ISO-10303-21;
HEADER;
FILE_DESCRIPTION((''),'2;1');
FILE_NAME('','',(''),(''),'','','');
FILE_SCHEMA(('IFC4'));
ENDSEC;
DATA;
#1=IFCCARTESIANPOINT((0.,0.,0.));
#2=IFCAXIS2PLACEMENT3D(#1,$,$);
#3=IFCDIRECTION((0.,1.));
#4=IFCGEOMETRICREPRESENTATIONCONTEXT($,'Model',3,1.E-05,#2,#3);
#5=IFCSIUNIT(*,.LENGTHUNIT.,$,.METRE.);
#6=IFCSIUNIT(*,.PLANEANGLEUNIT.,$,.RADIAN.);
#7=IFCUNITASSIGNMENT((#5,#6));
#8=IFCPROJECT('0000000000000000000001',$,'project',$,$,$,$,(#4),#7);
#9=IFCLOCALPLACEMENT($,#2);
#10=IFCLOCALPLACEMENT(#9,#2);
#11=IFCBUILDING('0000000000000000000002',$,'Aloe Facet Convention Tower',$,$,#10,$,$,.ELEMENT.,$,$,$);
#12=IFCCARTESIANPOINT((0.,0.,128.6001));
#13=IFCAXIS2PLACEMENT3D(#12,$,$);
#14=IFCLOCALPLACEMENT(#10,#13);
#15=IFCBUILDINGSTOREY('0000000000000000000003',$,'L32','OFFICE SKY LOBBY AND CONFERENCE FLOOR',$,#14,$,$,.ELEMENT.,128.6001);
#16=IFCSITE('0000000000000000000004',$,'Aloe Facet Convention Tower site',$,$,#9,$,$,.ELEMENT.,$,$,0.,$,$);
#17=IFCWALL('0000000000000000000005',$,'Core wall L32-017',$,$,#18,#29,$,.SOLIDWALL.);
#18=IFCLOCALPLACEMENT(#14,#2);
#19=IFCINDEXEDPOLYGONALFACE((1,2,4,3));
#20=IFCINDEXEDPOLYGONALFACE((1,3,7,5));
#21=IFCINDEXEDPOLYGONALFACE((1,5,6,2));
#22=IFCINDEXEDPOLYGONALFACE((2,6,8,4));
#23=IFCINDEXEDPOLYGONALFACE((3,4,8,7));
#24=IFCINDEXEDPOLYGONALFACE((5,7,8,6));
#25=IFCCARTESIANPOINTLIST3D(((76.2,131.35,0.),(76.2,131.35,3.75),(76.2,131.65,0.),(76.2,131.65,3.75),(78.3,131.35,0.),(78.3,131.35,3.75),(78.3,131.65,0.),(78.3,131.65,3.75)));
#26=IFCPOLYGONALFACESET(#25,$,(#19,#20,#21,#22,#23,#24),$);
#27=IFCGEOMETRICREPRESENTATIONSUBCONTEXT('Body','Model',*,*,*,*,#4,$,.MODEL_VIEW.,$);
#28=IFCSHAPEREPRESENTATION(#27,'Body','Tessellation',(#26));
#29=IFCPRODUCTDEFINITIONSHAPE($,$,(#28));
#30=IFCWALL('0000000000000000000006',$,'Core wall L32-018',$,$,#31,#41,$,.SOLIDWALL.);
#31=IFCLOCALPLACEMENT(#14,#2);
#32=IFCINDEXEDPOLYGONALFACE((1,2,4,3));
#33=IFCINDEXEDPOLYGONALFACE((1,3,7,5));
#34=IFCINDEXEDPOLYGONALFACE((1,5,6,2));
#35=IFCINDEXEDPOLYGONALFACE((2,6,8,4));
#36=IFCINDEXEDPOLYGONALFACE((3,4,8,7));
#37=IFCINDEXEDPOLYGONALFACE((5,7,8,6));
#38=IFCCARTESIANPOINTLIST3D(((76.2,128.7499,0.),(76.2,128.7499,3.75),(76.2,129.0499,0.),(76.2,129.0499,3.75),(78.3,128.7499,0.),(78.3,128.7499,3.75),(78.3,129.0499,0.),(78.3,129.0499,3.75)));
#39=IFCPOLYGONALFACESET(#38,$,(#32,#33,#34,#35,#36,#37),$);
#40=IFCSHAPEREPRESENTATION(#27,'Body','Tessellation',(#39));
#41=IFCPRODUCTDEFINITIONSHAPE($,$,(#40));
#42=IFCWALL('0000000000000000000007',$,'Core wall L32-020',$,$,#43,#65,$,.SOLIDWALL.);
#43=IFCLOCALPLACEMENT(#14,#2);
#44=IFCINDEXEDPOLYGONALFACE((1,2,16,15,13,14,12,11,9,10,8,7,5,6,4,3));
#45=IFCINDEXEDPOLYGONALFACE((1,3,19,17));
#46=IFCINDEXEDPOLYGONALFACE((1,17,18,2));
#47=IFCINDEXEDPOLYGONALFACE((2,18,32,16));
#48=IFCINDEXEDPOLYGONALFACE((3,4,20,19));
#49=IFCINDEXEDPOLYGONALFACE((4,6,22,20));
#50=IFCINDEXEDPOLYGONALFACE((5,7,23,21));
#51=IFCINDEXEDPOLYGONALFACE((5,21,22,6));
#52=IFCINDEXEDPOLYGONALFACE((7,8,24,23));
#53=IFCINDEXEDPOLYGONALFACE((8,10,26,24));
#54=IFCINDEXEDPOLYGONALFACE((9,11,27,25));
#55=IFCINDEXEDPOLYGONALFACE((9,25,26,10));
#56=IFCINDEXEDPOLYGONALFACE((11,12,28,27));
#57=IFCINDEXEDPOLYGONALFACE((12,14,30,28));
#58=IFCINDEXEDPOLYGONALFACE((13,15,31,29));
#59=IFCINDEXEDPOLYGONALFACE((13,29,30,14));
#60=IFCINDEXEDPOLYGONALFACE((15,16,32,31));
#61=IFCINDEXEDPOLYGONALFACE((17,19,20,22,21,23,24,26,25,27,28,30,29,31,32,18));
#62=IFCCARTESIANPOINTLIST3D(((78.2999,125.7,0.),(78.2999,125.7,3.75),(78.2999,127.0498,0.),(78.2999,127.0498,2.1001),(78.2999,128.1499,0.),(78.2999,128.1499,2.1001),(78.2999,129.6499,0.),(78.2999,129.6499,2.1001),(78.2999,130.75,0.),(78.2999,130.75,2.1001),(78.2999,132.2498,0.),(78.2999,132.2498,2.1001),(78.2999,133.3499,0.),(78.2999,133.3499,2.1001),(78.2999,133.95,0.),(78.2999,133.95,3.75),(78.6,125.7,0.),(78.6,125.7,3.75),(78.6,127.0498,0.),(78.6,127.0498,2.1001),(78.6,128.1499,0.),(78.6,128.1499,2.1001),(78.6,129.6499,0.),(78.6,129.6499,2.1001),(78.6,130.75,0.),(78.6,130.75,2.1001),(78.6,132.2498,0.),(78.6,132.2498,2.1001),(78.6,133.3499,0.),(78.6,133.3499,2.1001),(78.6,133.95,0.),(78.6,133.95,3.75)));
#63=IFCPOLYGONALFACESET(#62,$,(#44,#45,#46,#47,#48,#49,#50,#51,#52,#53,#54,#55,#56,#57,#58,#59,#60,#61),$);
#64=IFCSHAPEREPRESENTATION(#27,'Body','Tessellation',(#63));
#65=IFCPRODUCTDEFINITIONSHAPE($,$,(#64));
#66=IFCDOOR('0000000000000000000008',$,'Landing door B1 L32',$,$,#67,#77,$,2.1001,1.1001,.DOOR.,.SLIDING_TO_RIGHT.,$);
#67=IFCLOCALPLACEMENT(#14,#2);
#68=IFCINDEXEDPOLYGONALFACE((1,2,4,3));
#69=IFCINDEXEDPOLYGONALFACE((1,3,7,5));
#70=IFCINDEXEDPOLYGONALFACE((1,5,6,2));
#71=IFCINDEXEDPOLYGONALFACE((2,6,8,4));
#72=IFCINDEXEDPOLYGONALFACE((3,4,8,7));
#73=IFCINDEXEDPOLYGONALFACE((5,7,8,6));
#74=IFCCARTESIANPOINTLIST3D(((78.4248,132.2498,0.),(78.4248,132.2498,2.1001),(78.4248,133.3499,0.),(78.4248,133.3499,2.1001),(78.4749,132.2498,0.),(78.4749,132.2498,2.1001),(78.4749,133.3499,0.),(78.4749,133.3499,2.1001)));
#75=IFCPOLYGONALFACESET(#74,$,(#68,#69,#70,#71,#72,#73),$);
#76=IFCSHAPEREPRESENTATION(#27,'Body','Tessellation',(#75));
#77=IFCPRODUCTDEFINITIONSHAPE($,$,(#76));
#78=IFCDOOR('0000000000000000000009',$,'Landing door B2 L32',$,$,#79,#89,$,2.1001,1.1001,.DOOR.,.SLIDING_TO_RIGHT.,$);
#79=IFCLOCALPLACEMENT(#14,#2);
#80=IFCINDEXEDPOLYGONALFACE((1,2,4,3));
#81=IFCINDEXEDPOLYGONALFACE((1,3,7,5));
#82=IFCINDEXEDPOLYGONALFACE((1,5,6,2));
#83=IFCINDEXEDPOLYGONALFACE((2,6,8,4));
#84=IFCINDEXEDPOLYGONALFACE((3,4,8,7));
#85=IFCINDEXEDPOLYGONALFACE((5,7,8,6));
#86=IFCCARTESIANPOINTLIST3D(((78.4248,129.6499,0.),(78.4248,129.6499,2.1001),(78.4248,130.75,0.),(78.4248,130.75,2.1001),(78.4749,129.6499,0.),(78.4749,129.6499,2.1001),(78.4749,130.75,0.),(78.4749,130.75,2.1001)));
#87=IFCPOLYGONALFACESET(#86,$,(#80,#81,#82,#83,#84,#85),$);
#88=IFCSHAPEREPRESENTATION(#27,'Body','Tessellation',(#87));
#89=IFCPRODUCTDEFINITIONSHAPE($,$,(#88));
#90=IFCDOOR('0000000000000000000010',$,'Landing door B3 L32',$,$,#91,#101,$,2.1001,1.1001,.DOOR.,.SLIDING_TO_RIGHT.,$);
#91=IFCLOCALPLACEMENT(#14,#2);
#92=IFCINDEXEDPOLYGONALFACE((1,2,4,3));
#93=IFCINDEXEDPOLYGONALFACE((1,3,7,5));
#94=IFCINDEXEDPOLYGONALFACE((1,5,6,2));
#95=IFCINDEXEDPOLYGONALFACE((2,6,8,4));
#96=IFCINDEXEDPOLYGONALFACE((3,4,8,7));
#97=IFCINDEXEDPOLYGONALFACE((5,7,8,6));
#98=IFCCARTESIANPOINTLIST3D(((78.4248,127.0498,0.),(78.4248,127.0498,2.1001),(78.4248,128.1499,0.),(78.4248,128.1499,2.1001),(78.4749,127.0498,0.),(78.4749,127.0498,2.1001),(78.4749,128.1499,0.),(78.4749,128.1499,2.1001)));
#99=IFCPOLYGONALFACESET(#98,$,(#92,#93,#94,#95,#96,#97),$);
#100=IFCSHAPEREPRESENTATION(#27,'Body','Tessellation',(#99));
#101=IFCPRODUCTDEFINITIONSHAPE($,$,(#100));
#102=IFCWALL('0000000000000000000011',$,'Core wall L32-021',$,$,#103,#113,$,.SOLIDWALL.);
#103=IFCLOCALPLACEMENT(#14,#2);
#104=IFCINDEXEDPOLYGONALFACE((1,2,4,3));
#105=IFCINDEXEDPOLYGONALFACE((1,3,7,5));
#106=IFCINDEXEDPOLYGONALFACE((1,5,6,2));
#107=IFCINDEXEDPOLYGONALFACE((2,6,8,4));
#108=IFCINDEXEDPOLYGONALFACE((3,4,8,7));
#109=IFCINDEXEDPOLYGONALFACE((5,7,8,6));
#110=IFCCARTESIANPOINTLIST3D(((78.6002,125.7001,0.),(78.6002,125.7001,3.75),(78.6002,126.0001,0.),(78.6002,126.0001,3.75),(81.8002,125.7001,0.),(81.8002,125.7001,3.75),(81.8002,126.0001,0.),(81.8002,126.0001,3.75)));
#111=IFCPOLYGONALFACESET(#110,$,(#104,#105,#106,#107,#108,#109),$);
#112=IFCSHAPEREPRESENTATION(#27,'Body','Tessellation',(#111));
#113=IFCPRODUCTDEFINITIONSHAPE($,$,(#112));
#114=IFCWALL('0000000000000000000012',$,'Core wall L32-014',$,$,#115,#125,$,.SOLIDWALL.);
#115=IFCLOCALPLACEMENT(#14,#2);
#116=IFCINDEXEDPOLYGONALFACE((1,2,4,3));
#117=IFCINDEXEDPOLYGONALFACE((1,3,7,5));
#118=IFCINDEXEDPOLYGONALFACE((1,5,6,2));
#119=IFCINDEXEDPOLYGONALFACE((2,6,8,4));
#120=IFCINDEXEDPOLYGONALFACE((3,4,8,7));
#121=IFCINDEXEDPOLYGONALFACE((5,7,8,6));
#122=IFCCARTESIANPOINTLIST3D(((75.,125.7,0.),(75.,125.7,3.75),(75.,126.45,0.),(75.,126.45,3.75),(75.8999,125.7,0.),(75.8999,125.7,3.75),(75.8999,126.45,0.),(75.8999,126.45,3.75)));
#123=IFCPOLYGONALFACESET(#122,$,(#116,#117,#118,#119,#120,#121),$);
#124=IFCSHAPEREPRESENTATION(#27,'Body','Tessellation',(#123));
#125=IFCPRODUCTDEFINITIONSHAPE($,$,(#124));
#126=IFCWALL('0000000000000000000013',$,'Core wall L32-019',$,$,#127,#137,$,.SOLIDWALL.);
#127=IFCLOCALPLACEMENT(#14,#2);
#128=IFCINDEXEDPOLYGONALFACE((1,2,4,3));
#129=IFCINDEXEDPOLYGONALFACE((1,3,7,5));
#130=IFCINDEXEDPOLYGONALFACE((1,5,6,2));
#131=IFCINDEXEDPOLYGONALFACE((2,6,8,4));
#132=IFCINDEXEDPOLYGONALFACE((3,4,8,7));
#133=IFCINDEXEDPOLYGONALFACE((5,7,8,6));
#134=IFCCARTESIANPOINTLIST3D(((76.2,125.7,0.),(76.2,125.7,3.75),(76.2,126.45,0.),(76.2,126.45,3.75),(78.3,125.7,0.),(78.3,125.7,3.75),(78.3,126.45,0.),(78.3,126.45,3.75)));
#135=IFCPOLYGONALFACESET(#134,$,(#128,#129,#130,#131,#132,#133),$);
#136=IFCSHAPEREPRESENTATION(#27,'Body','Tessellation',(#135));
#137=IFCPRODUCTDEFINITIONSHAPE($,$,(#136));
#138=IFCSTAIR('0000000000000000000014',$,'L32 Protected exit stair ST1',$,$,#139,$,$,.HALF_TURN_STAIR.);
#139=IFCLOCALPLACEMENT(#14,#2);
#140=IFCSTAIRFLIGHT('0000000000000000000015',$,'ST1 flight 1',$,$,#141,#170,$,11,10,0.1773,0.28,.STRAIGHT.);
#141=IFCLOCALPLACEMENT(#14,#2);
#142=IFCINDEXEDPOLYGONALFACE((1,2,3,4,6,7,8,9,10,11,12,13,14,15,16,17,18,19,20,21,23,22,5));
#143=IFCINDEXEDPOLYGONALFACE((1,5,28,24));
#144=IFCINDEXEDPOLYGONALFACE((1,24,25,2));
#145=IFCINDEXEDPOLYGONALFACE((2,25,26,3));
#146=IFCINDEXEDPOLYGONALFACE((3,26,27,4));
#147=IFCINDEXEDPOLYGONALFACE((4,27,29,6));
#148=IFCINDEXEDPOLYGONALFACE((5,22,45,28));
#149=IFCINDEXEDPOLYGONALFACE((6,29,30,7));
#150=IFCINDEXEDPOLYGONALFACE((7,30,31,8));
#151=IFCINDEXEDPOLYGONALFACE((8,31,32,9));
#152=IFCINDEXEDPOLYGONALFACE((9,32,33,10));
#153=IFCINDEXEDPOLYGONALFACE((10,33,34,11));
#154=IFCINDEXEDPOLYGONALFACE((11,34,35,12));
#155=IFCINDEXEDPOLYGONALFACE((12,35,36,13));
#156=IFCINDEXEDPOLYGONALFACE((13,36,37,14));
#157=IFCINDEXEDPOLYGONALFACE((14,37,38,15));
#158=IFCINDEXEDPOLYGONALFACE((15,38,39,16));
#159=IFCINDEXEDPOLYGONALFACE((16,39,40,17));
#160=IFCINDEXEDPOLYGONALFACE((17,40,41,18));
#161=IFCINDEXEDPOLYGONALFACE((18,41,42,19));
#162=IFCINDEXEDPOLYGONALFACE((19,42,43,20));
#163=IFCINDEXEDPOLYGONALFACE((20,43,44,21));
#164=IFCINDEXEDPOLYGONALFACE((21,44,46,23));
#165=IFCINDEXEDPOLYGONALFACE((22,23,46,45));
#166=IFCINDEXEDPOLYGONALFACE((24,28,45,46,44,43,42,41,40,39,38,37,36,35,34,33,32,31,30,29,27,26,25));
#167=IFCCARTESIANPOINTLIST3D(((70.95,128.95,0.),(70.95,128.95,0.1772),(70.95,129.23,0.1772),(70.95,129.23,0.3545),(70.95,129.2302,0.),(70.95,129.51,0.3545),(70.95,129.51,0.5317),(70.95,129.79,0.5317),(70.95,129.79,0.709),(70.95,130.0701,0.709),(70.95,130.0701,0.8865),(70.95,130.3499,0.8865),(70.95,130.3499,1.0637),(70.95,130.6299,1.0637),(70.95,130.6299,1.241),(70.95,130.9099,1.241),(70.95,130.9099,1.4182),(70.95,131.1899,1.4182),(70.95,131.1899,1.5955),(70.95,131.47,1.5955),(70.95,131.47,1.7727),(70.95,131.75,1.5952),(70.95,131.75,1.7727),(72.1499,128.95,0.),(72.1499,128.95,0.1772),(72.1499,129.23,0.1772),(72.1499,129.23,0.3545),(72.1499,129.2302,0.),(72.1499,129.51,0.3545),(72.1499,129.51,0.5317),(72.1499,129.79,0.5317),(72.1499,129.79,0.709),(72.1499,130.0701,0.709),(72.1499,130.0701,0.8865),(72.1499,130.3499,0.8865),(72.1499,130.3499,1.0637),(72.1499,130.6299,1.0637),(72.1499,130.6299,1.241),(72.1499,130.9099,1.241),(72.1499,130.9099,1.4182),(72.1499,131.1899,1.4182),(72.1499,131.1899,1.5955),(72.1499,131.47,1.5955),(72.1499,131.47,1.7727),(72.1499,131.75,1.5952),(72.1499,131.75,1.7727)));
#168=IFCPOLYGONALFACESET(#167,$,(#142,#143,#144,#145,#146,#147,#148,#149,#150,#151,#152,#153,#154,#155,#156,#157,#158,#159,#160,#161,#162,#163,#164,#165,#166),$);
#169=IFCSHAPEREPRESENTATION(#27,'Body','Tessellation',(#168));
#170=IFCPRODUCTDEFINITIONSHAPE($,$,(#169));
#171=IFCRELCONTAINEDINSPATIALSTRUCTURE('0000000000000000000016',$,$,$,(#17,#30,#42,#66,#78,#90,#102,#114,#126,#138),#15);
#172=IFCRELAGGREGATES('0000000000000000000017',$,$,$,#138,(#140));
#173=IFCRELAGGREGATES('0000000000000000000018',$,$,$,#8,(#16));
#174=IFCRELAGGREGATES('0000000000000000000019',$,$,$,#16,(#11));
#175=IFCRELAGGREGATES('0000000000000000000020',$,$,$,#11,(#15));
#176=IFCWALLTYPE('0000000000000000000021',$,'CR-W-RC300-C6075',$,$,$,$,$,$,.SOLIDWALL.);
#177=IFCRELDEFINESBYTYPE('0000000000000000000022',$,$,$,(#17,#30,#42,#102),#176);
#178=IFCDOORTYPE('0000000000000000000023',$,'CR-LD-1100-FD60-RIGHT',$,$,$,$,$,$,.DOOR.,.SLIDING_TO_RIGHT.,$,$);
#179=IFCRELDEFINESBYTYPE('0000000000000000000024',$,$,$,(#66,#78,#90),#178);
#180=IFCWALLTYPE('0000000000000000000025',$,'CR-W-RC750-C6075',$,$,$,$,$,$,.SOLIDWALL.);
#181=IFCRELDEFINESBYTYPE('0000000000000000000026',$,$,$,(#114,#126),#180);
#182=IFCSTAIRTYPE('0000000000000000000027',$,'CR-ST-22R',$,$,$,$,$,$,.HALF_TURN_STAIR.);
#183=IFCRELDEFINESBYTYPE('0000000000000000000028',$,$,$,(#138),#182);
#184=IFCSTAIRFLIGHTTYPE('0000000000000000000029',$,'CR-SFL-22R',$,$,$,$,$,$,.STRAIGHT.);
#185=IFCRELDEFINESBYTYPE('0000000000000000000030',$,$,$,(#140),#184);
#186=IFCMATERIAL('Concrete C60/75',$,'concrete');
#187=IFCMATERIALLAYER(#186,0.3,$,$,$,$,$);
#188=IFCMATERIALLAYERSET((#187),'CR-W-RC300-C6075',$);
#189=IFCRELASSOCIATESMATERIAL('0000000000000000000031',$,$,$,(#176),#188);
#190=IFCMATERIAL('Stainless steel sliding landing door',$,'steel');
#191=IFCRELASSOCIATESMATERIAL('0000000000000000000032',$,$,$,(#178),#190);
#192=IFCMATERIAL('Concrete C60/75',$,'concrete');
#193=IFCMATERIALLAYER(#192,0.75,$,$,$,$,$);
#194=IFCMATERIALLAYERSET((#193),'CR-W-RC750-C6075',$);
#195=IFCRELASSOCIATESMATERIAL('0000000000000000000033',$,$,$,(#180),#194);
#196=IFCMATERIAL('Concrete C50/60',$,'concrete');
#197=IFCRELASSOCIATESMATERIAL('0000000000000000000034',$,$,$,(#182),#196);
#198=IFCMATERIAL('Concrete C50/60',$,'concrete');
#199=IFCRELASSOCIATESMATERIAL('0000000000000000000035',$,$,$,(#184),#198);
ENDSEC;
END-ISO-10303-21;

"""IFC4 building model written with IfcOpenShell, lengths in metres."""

from ifc_helpers import new_model, si_unit, direction, frame, frame_2d, origin, place, context, subcontext, project, spatial, polyline, rectangle, outline, extrude, material, layer, layer_set, type_object, element, fill, aggregate, save


model = new_model("IFC4")

# Units and contexts
model_context = context("Model", 3, precision=1e-05, world=origin(), true_north=direction((0.0, 1.0)))
body_context = subcontext(model_context, "Body", "Model", "MODEL_VIEW")
ifc_project = project(units=[si_unit("LENGTHUNIT", "METRE"), si_unit("PLANEANGLEUNIT", "RADIAN")], contexts=[model_context])

# Site, building, storey
site_placement = place(None, origin())
site = spatial("IfcSite", under=ifc_project, at=site_placement, Name="Aloe Facet Convention Tower site", CompositionType="ELEMENT", RefElevation=0.0)
building_placement = place(site_placement, origin())
building = spatial("IfcBuilding", under=site, at=building_placement, Name="Aloe Facet Convention Tower", CompositionType="ELEMENT")
storey_placement = place(building_placement, frame((0.0, 0.0, 128.6001)))
storey = spatial("IfcBuildingStorey", under=building, at=storey_placement, Name="L32", Description="OFFICE SKY LOBBY AND CONFERENCE FLOOR", CompositionType="ELEMENT", Elevation=128.6001)

# Shared definitions
ifc_material_1 = material(Name="Concrete C60/75", Category="concrete")
ifc_layer_1 = layer(ifc_material_1, 0.3)
ifc_layer_set_1 = layer_set([ifc_layer_1], Name="CR-W-RC300-C6075")
wall_type_1 = type_object("IfcWallType", Name="CR-W-RC300-C6075", PredefinedType="SOLIDWALL", material=ifc_layer_set_1)

# Walls
for number, where, z_axis, x_axis, name in (
    (1, (76.2, 131.5, 0.0), (0.0, 0.0, 1.0), (1.0, 0.0, 0.0), "Core wall L32-017"),
    (2, (76.2, 128.8999, 0.0), (0.0, 0.0, 1.0), (1.0, 0.0, 0.0), "Core wall L32-018"),
):
    element("IfcWall", number, at=place(storey_placement, frame(where, z_axis=z_axis, x_axis=x_axis)), inside=storey, type_object=wall_type_1, Name=name, PredefinedType="SOLIDWALL", context=body_context, shape_type="SweptSolid", body=[
        extrude(rectangle(XDim=2.1001, YDim=0.3, at=frame_2d((1.05, 0.0))), origin(), (0.0, 0.0, 1.0), 3.75),
    ])

# Wall, openings, doors
wall_1_placement = place(storey_placement, frame((78.45, 133.95, 0.0), z_axis=(0.0, 0.0, 1.0), x_axis=(0.0, -1.0, 0.0)))
wall_1 = element("IfcWall", 3, at=wall_1_placement, inside=storey, type_object=wall_type_1, Name="Core wall L32-020", PredefinedType="SOLIDWALL", context=body_context, shape_type="SweptSolid", body=[
    extrude(rectangle(XDim=8.25, YDim=0.3, at=frame_2d((4.125, 0.0))), origin(), (0.0, 0.0, 1.0), 3.75),
])
opening_1_placement = place(wall_1_placement, frame((0.6001, 0.0, 0.0)))
opening_1 = element("IfcOpeningElement", 4, at=opening_1_placement, cuts=wall_1, PredefinedType="OPENING", context=body_context, shape_type="SweptSolid", body=[
    extrude(rectangle(XDim=1.1001, YDim=2.1001, at=frame_2d((0.55, 1.05))), frame((0.0, 0.1602, 0.0), z_axis=(0.0, -1.0, 0.0), x_axis=(1.0, 0.0, 0.0)), (0.0, 0.0, 1.0), 0.3201),
])
opening_2_placement = place(wall_1_placement, frame((3.2, 0.0, 0.0)))
opening_2 = element("IfcOpeningElement", 5, at=opening_2_placement, cuts=wall_1, PredefinedType="OPENING", context=body_context, shape_type="SweptSolid", body=[
    extrude(rectangle(XDim=1.1001, YDim=2.1001, at=frame_2d((0.55, 1.05))), frame((0.0, 0.1602, 0.0), z_axis=(0.0, -1.0, 0.0), x_axis=(1.0, 0.0, 0.0)), (0.0, 0.0, 1.0), 0.3201),
])
opening_3_placement = place(wall_1_placement, frame((5.8, 0.0, 0.0)))
opening_3 = element("IfcOpeningElement", 6, at=opening_3_placement, cuts=wall_1, PredefinedType="OPENING", context=body_context, shape_type="SweptSolid", body=[
    extrude(rectangle(XDim=1.1001, YDim=2.1001, at=frame_2d((0.55, 1.05))), frame((0.0, 0.1602, 0.0), z_axis=(0.0, -1.0, 0.0), x_axis=(1.0, 0.0, 0.0)), (0.0, 0.0, 1.0), 0.3201),
])
ifc_material_2 = material(Name="Stainless steel sliding landing door", Category="steel")
door_type_1 = type_object("IfcDoorType", Name="CR-LD-1100-FD60-RIGHT", OperationType="SLIDING_TO_RIGHT", PredefinedType="DOOR", material=ifc_material_2)
door_1_placement = place(opening_1_placement, origin())
door_1 = element("IfcDoor", 7, at=door_1_placement, inside=storey, type_object=door_type_1, Name="Landing door B1 L32", OperationType="SLIDING_TO_RIGHT", OverallHeight=2.1001, OverallWidth=1.1001, PredefinedType="DOOR", context=body_context, shape_type="SweptSolid", body=[
    extrude(rectangle(XDim=1.1001, YDim=2.1001, at=frame_2d((0.55, 1.05))), frame((0.0, 0.0249, 0.0), z_axis=(0.0, -1.0, 0.0), x_axis=(1.0, 0.0, 0.0)), (0.0, 0.0, 1.0), 0.05),
])
fill(opening_1, door_1)
door_2_placement = place(opening_2_placement, origin())
door_2 = element("IfcDoor", 8, at=door_2_placement, inside=storey, type_object=door_type_1, Name="Landing door B2 L32", OperationType="SLIDING_TO_RIGHT", OverallHeight=2.1001, OverallWidth=1.1001, PredefinedType="DOOR", context=body_context, shape_type="SweptSolid", body=[
    extrude(rectangle(XDim=1.1001, YDim=2.1001, at=frame_2d((0.55, 1.05))), frame((0.0, 0.0249, 0.0), z_axis=(0.0, -1.0, 0.0), x_axis=(1.0, 0.0, 0.0)), (0.0, 0.0, 1.0), 0.05),
])
fill(opening_2, door_2)
door_3_placement = place(opening_3_placement, origin())
door_3 = element("IfcDoor", 9, at=door_3_placement, inside=storey, type_object=door_type_1, Name="Landing door B3 L32", OperationType="SLIDING_TO_RIGHT", OverallHeight=2.1001, OverallWidth=1.1001, PredefinedType="DOOR", context=body_context, shape_type="SweptSolid", body=[
    extrude(rectangle(XDim=1.1001, YDim=2.1001, at=frame_2d((0.55, 1.05))), frame((0.0, 0.0249, 0.0), z_axis=(0.0, -1.0, 0.0), x_axis=(1.0, 0.0, 0.0)), (0.0, 0.0, 1.0), 0.05),
])
fill(opening_3, door_3)

# Walls
wall_2_placement = place(storey_placement, frame((78.6001, 125.8501, 0.0), z_axis=(0.0, 0.0, 1.0), x_axis=(1.0, 0.0, 0.0)))
element("IfcWall", 10, at=wall_2_placement, inside=storey, type_object=wall_type_1, Name="Core wall L32-021", PredefinedType="SOLIDWALL", context=body_context, shape_type="SweptSolid", body=[
    extrude(rectangle(XDim=3.2, YDim=0.3, at=frame_2d((1.6001, 0.0))), origin(), (0.0, 0.0, 1.0), 3.75),
])
ifc_material_3 = material(Name="Concrete C60/75", Category="concrete")
ifc_layer_2 = layer(ifc_material_3, 0.75)
ifc_layer_set_2 = layer_set([ifc_layer_2], Name="CR-W-RC750-C6075")
wall_type_2 = type_object("IfcWallType", Name="CR-W-RC750-C6075", PredefinedType="SOLIDWALL", material=ifc_layer_set_2)
wall_3_placement = place(storey_placement, frame((75.0, 126.075, 0.0), z_axis=(0.0, 0.0, 1.0), x_axis=(1.0, 0.0, 0.0)))
element("IfcWall", 11, at=wall_3_placement, inside=storey, type_object=wall_type_2, Name="Core wall L32-014", PredefinedType="SOLIDWALL", context=body_context, shape_type="SweptSolid", body=[
    extrude(rectangle(XDim=0.8999, YDim=0.75, at=frame_2d((0.45, 0.0))), origin(), (0.0, 0.0, 1.0), 3.75),
])
wall_4_placement = place(storey_placement, frame((76.2, 126.075, 0.0), z_axis=(0.0, 0.0, 1.0), x_axis=(1.0, 0.0, 0.0)))
element("IfcWall", 12, at=wall_4_placement, inside=storey, type_object=wall_type_2, Name="Core wall L32-019", PredefinedType="SOLIDWALL", context=body_context, shape_type="SweptSolid", body=[
    extrude(rectangle(XDim=2.1001, YDim=0.75, at=frame_2d((1.05, 0.0))), origin(), (0.0, 0.0, 1.0), 3.75),
])

# Stair, stair flight
ifc_material_4 = material(Name="Concrete C50/60", Category="concrete")
stair_type = type_object("IfcStairType", Name="CR-ST-22R", PredefinedType="HALF_TURN_STAIR", material=ifc_material_4)
stair_placement = place(storey_placement, origin())
stair = element("IfcStair", 13, at=stair_placement, inside=storey, type_object=stair_type, Name="L32 Protected exit stair ST1", PredefinedType="HALF_TURN_STAIR")
ifc_material_5 = material(Name="Concrete C50/60", Category="concrete")
stair_flight_type = type_object("IfcStairFlightType", Name="CR-SFL-22R", PredefinedType="STRAIGHT", material=ifc_material_5)
stair_flight_1_placement = place(storey_placement, frame((71.55, 128.95, 0.0), z_axis=(0.0, 0.0, 1.0), x_axis=(0.0, 1.0, 0.0)))
stair_flight_1 = element("IfcStairFlight", 14, at=stair_flight_1_placement, type_object=stair_flight_type, Name="ST1 flight 1", NumberOfRisers=11, NumberOfTreads=10, PredefinedType="STRAIGHT", RiserHeight=0.1773, TreadLength=0.28, context=body_context, shape_type="SweptSolid", body=[
    extrude(outline(polyline([(0.0, 0.0), (0.0, 0.1772), (0.28, 0.1772), (0.28, 0.3545), (0.5601, 0.3545), (0.5601, 0.5317), (0.8401, 0.5317), (0.8401, 0.709), (1.1201, 0.709), (1.1201, 0.8865), (1.3999, 0.8865), (1.3999, 1.0637), (1.6799, 1.0637), (1.6799, 1.241), (1.96, 1.241), (1.96, 1.4182), (2.24, 1.4182), (2.24, 1.5955), (2.52, 1.5955), (2.52, 1.7727), (2.8, 1.7727), (2.8, 1.95), (2.8, 1.5952), (0.2803, 0.0), (0.0, 0.0)])), frame((0.0, 0.6001, 0.0), z_axis=(0.0, -1.0, 0.0), x_axis=(1.0, 0.0, 0.0)), (0.0, 0.0, 1.0), 1.2),
])
aggregate(stair, [stair_flight_1])

save(model, "model.ifc")
